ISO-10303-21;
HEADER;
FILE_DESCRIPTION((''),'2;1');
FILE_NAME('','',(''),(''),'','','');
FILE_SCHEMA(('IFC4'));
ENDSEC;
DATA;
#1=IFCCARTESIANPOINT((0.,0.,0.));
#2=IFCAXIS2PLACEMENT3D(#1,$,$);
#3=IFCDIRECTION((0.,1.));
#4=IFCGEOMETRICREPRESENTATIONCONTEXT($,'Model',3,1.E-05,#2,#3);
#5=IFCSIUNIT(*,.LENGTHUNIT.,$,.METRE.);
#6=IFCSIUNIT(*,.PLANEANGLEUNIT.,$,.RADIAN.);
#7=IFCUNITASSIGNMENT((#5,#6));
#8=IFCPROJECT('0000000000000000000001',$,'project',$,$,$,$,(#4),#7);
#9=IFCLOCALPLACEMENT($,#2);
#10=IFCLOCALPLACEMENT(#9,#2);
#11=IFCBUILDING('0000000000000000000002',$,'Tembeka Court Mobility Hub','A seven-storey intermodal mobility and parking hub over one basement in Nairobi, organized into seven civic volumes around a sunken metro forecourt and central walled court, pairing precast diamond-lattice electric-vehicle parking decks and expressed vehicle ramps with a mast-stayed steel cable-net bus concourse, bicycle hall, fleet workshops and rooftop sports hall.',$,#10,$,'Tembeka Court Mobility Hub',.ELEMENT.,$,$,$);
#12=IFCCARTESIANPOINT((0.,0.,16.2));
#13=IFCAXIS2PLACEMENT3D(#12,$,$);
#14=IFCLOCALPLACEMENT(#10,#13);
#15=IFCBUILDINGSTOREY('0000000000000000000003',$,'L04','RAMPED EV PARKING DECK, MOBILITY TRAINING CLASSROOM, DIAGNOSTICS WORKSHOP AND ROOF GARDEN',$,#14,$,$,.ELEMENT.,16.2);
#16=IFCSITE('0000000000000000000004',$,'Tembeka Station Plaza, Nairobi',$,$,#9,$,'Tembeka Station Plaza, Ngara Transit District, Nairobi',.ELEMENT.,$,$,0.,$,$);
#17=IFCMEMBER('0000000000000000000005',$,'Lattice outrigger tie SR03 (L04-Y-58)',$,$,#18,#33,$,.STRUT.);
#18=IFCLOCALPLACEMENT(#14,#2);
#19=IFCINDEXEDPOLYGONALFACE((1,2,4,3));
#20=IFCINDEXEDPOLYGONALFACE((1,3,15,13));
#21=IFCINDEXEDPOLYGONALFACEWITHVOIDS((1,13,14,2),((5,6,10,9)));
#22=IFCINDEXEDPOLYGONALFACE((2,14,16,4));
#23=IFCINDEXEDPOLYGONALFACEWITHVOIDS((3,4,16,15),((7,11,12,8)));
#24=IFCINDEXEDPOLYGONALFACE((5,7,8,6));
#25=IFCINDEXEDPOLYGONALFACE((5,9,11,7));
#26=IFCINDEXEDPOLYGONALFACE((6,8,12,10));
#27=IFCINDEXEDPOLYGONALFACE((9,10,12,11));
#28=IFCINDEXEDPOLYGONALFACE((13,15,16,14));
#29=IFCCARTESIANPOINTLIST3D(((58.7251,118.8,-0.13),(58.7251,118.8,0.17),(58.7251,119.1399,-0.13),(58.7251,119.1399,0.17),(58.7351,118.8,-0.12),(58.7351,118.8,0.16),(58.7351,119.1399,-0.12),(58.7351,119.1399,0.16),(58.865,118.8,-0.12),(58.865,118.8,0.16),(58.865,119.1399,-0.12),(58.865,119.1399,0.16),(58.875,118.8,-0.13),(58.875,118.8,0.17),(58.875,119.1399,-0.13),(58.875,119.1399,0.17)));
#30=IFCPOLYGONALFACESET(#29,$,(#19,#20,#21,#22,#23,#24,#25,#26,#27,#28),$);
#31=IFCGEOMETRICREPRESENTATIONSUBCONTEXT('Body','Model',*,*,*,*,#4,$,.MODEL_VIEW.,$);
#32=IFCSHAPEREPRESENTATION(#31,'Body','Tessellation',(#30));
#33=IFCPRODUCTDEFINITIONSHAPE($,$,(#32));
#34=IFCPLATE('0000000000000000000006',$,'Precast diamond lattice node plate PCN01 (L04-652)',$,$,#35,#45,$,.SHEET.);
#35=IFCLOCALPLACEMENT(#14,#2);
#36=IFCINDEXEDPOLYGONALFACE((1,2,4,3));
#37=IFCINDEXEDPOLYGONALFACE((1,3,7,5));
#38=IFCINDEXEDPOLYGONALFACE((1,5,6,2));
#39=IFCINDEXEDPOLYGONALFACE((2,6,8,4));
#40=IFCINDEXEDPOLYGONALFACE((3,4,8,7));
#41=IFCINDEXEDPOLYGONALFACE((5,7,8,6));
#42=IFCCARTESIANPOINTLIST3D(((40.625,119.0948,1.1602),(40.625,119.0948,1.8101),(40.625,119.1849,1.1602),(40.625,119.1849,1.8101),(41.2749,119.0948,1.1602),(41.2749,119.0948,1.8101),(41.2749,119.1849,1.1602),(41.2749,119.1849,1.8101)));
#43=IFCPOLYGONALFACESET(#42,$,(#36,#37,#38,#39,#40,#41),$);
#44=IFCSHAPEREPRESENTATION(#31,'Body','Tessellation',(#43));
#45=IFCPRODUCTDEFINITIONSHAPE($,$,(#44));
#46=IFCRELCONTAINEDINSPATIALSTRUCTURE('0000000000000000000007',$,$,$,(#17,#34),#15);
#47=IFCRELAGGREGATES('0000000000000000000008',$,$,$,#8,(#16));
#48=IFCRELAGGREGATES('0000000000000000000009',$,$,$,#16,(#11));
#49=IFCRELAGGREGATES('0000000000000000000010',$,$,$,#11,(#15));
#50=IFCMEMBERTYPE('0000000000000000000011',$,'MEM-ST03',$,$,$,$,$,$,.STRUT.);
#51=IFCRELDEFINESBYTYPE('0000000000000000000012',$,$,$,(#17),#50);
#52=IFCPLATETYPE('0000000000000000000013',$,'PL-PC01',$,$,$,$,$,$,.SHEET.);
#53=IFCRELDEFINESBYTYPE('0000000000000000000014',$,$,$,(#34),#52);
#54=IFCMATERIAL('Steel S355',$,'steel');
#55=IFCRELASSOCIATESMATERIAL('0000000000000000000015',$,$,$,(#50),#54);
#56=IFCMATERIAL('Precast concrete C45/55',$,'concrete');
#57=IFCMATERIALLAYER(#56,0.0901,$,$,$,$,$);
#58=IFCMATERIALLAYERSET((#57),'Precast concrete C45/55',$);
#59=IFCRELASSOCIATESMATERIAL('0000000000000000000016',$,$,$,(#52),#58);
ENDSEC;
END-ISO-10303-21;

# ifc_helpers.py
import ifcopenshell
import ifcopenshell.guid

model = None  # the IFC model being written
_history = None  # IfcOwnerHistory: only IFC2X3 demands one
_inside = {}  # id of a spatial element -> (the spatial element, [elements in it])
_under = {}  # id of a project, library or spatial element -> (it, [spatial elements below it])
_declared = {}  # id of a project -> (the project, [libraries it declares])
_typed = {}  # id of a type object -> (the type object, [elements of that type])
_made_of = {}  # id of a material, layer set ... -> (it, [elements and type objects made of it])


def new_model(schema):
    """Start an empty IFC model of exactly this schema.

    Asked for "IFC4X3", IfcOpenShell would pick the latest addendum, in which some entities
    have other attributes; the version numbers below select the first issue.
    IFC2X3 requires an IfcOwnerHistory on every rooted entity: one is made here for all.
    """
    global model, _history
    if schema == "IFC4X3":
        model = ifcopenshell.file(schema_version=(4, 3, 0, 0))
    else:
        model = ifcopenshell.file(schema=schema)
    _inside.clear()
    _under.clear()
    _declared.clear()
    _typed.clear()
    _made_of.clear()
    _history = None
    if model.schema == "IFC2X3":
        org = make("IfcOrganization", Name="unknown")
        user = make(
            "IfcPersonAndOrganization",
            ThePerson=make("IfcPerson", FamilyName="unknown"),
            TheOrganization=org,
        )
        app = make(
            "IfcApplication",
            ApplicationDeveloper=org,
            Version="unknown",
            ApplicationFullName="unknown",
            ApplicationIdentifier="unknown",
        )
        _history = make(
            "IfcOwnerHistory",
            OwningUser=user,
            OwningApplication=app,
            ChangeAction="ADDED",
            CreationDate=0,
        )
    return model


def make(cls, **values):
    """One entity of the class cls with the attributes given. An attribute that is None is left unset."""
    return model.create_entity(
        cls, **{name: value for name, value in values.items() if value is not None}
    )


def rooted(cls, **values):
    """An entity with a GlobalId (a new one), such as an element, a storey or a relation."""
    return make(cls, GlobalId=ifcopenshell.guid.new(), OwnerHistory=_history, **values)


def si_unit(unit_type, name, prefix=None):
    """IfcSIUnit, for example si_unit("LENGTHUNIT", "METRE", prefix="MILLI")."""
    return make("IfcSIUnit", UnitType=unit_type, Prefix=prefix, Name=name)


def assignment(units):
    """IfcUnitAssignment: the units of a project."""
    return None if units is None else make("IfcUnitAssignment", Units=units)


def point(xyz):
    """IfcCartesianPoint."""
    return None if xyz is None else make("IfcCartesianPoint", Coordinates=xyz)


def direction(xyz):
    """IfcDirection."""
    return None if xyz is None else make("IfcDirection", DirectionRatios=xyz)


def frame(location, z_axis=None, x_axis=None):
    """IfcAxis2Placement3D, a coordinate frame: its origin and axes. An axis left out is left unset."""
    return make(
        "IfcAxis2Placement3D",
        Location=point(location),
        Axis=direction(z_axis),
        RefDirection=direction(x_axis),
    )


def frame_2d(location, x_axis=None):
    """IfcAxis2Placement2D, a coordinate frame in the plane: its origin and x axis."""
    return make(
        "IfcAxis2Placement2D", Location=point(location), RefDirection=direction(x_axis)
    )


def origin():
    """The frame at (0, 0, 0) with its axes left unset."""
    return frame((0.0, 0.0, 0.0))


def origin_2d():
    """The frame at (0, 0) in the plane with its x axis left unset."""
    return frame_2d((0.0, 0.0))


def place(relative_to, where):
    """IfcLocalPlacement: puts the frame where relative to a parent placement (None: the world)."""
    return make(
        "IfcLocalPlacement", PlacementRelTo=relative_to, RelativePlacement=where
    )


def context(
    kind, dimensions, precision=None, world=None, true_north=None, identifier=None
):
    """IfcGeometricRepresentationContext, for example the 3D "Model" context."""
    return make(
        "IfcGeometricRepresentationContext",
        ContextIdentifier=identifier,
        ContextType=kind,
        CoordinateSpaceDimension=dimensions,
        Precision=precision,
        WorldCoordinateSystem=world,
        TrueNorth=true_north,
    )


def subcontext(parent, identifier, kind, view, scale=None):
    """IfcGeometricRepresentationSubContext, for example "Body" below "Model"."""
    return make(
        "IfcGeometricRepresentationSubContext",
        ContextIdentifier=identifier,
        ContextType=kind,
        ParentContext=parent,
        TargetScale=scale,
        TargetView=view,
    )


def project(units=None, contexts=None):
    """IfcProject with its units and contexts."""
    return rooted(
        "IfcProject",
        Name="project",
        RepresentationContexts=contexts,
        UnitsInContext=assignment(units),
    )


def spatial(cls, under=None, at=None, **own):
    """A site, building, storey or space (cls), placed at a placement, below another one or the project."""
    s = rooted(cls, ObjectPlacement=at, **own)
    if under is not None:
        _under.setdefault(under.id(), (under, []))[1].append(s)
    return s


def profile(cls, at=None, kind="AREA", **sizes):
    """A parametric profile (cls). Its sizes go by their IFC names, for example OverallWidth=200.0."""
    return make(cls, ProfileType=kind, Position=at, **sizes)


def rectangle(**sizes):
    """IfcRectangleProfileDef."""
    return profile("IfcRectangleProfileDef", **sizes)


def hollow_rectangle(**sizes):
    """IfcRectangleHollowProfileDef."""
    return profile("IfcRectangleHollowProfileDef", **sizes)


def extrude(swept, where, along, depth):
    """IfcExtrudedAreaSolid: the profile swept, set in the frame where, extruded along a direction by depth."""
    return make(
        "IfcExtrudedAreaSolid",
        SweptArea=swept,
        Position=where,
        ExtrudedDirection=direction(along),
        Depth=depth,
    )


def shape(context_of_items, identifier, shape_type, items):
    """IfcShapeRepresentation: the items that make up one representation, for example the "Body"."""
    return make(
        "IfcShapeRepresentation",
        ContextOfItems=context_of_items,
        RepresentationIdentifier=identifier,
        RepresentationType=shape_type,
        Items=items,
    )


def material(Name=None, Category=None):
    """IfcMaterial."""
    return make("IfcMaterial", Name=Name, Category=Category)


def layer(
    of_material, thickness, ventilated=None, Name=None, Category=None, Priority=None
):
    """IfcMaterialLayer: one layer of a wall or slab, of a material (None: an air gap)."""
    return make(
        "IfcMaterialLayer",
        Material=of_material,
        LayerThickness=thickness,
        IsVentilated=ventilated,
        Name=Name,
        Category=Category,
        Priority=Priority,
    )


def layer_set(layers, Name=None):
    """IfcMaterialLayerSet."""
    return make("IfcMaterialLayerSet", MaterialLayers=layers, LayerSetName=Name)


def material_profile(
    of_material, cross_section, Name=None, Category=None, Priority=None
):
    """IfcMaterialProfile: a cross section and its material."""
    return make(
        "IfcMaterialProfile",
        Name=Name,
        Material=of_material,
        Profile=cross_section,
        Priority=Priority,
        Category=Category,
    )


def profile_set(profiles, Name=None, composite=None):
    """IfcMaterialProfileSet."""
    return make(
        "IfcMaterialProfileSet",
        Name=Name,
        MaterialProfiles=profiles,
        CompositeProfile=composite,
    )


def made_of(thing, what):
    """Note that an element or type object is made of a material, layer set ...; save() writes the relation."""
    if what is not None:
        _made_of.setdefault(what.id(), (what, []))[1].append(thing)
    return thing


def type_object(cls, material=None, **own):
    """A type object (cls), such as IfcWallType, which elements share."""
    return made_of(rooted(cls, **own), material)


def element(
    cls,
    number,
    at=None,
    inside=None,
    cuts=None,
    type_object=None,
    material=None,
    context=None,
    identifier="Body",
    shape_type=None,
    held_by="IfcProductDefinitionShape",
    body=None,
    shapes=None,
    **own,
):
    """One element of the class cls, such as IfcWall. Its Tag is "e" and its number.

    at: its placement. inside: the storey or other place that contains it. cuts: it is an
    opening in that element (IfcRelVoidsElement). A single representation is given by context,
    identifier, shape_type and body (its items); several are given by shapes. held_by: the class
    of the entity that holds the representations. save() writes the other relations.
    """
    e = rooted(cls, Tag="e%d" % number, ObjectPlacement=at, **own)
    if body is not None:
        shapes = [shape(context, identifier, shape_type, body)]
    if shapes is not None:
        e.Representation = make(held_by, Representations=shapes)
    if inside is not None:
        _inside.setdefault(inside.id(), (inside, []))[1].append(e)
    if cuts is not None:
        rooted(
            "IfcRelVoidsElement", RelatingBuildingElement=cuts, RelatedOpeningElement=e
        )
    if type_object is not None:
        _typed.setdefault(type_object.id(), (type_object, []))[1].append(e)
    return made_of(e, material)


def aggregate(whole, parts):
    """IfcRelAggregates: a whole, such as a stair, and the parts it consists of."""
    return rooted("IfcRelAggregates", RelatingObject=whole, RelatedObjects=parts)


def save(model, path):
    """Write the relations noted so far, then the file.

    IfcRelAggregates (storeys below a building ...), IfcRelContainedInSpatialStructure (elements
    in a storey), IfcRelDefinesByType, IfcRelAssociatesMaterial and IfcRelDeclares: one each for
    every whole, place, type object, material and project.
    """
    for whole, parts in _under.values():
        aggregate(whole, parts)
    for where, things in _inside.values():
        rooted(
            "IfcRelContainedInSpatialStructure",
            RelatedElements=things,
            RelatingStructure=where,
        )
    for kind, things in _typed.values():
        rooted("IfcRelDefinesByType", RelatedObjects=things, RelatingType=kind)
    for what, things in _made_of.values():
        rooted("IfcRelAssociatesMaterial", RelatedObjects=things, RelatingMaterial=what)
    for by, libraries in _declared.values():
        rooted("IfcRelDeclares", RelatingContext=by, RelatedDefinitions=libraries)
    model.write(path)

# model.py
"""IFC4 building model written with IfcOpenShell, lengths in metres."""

from ifc_helpers import new_model, si_unit, direction, frame, origin, origin_2d, place, context, subcontext, project, spatial, rectangle, hollow_rectangle, extrude, material, layer, layer_set, material_profile, profile_set, type_object, element, save


model = new_model("IFC4")

# Units and contexts
model_context = context("Model", 3, precision=1e-05, world=origin(), true_north=direction((0.0, 1.0)))
body_context = subcontext(model_context, "Body", "Model", "MODEL_VIEW")
ifc_project = project(units=[si_unit("LENGTHUNIT", "METRE"), si_unit("PLANEANGLEUNIT", "RADIAN")], contexts=[model_context])

# Site, building, storey
site_placement = place(None, origin())
site = spatial("IfcSite", under=ifc_project, at=site_placement, Name="Tembeka Station Plaza, Nairobi", LongName="Tembeka Station Plaza, Ngara Transit District, Nairobi", CompositionType="ELEMENT", RefElevation=0.0)
building_placement = place(site_placement, origin())
building = spatial("IfcBuilding", under=site, at=building_placement, Name="Tembeka Court Mobility Hub", Description="A seven-storey intermodal mobility and parking hub over one basement in Nairobi, organized into seven civic volumes around a sunken metro forecourt and central walled court, pairing precast diamond-lattice electric-vehicle parking decks and expressed vehicle ramps with a mast-stayed steel cable-net bus concourse, bicycle hall, fleet workshops and rooftop sports hall.", LongName="Tembeka Court Mobility Hub", CompositionType="ELEMENT")
storey_placement = place(building_placement, frame((0.0, 0.0, 16.2)))
storey = spatial("IfcBuildingStorey", under=building, at=storey_placement, Name="L04", Description="RAMPED EV PARKING DECK, MOBILITY TRAINING CLASSROOM, DIAGNOSTICS WORKSHOP AND ROOF GARDEN", CompositionType="ELEMENT", Elevation=16.2)

# Shared definitions
ifc_material_1 = material(Name="Steel S355", Category="steel")

# Shared definitions
ifc_material_2 = material(Name="Precast concrete C45/55", Category="concrete")

# Member
ifc_material_profile_1 = material_profile(ifc_material_1, hollow_rectangle(XDim=0.1499, YDim=0.3, WallThickness=0.01, at=origin_2d()), Name="RHS 300x150x10")
ifc_profile_set_1 = profile_set([ifc_material_profile_1], Name="Steel S355")
member_type_1 = type_object("IfcMemberType", Name="MEM-ST03", PredefinedType="STRUT", material=ifc_profile_set_1)
for number, where, z_axis, x_axis, name in (
    (1, (58.8, 118.8, 0.02), (0.0, 1.0, 0.0), (-1.0, 0.0, 0.0), "Lattice outrigger tie SR03 (L04-Y-58)"),
):
    element("IfcMember", number, at=place(storey_placement, frame(where, z_axis=z_axis, x_axis=x_axis)), inside=storey, type_object=member_type_1, Name=name, PredefinedType="STRUT", context=body_context, shape_type="SweptSolid", body=[
        extrude(hollow_rectangle(XDim=0.1499, YDim=0.3, WallThickness=0.01, at=origin_2d()), origin(), (0.0, 0.0, 1.0), 0.3398),
    ])

# Plate
ifc_layer = layer(ifc_material_2, 0.0901)
ifc_layer_set = layer_set([ifc_layer], Name="Precast concrete C45/55")
plate_type = type_object("IfcPlateType", Name="PL-PC01", PredefinedType="SHEET", material=ifc_layer_set)
plate_placement = place(storey_placement, frame((40.95, 119.1399, 1.1602), z_axis=(0.0, 0.0, 1.0), x_axis=(1.0, 0.0, 0.0)))
element("IfcPlate", 2, at=plate_placement, inside=storey, type_object=plate_type, Name="Precast diamond lattice node plate PCN01 (L04-652)", PredefinedType="SHEET", context=body_context, shape_type="SweptSolid", body=[
    extrude(rectangle(XDim=0.6499, YDim=0.0901, at=origin_2d()), origin(), (0.0, 0.0, 1.0), 0.6499),
])

save(model, "model.ifc")
